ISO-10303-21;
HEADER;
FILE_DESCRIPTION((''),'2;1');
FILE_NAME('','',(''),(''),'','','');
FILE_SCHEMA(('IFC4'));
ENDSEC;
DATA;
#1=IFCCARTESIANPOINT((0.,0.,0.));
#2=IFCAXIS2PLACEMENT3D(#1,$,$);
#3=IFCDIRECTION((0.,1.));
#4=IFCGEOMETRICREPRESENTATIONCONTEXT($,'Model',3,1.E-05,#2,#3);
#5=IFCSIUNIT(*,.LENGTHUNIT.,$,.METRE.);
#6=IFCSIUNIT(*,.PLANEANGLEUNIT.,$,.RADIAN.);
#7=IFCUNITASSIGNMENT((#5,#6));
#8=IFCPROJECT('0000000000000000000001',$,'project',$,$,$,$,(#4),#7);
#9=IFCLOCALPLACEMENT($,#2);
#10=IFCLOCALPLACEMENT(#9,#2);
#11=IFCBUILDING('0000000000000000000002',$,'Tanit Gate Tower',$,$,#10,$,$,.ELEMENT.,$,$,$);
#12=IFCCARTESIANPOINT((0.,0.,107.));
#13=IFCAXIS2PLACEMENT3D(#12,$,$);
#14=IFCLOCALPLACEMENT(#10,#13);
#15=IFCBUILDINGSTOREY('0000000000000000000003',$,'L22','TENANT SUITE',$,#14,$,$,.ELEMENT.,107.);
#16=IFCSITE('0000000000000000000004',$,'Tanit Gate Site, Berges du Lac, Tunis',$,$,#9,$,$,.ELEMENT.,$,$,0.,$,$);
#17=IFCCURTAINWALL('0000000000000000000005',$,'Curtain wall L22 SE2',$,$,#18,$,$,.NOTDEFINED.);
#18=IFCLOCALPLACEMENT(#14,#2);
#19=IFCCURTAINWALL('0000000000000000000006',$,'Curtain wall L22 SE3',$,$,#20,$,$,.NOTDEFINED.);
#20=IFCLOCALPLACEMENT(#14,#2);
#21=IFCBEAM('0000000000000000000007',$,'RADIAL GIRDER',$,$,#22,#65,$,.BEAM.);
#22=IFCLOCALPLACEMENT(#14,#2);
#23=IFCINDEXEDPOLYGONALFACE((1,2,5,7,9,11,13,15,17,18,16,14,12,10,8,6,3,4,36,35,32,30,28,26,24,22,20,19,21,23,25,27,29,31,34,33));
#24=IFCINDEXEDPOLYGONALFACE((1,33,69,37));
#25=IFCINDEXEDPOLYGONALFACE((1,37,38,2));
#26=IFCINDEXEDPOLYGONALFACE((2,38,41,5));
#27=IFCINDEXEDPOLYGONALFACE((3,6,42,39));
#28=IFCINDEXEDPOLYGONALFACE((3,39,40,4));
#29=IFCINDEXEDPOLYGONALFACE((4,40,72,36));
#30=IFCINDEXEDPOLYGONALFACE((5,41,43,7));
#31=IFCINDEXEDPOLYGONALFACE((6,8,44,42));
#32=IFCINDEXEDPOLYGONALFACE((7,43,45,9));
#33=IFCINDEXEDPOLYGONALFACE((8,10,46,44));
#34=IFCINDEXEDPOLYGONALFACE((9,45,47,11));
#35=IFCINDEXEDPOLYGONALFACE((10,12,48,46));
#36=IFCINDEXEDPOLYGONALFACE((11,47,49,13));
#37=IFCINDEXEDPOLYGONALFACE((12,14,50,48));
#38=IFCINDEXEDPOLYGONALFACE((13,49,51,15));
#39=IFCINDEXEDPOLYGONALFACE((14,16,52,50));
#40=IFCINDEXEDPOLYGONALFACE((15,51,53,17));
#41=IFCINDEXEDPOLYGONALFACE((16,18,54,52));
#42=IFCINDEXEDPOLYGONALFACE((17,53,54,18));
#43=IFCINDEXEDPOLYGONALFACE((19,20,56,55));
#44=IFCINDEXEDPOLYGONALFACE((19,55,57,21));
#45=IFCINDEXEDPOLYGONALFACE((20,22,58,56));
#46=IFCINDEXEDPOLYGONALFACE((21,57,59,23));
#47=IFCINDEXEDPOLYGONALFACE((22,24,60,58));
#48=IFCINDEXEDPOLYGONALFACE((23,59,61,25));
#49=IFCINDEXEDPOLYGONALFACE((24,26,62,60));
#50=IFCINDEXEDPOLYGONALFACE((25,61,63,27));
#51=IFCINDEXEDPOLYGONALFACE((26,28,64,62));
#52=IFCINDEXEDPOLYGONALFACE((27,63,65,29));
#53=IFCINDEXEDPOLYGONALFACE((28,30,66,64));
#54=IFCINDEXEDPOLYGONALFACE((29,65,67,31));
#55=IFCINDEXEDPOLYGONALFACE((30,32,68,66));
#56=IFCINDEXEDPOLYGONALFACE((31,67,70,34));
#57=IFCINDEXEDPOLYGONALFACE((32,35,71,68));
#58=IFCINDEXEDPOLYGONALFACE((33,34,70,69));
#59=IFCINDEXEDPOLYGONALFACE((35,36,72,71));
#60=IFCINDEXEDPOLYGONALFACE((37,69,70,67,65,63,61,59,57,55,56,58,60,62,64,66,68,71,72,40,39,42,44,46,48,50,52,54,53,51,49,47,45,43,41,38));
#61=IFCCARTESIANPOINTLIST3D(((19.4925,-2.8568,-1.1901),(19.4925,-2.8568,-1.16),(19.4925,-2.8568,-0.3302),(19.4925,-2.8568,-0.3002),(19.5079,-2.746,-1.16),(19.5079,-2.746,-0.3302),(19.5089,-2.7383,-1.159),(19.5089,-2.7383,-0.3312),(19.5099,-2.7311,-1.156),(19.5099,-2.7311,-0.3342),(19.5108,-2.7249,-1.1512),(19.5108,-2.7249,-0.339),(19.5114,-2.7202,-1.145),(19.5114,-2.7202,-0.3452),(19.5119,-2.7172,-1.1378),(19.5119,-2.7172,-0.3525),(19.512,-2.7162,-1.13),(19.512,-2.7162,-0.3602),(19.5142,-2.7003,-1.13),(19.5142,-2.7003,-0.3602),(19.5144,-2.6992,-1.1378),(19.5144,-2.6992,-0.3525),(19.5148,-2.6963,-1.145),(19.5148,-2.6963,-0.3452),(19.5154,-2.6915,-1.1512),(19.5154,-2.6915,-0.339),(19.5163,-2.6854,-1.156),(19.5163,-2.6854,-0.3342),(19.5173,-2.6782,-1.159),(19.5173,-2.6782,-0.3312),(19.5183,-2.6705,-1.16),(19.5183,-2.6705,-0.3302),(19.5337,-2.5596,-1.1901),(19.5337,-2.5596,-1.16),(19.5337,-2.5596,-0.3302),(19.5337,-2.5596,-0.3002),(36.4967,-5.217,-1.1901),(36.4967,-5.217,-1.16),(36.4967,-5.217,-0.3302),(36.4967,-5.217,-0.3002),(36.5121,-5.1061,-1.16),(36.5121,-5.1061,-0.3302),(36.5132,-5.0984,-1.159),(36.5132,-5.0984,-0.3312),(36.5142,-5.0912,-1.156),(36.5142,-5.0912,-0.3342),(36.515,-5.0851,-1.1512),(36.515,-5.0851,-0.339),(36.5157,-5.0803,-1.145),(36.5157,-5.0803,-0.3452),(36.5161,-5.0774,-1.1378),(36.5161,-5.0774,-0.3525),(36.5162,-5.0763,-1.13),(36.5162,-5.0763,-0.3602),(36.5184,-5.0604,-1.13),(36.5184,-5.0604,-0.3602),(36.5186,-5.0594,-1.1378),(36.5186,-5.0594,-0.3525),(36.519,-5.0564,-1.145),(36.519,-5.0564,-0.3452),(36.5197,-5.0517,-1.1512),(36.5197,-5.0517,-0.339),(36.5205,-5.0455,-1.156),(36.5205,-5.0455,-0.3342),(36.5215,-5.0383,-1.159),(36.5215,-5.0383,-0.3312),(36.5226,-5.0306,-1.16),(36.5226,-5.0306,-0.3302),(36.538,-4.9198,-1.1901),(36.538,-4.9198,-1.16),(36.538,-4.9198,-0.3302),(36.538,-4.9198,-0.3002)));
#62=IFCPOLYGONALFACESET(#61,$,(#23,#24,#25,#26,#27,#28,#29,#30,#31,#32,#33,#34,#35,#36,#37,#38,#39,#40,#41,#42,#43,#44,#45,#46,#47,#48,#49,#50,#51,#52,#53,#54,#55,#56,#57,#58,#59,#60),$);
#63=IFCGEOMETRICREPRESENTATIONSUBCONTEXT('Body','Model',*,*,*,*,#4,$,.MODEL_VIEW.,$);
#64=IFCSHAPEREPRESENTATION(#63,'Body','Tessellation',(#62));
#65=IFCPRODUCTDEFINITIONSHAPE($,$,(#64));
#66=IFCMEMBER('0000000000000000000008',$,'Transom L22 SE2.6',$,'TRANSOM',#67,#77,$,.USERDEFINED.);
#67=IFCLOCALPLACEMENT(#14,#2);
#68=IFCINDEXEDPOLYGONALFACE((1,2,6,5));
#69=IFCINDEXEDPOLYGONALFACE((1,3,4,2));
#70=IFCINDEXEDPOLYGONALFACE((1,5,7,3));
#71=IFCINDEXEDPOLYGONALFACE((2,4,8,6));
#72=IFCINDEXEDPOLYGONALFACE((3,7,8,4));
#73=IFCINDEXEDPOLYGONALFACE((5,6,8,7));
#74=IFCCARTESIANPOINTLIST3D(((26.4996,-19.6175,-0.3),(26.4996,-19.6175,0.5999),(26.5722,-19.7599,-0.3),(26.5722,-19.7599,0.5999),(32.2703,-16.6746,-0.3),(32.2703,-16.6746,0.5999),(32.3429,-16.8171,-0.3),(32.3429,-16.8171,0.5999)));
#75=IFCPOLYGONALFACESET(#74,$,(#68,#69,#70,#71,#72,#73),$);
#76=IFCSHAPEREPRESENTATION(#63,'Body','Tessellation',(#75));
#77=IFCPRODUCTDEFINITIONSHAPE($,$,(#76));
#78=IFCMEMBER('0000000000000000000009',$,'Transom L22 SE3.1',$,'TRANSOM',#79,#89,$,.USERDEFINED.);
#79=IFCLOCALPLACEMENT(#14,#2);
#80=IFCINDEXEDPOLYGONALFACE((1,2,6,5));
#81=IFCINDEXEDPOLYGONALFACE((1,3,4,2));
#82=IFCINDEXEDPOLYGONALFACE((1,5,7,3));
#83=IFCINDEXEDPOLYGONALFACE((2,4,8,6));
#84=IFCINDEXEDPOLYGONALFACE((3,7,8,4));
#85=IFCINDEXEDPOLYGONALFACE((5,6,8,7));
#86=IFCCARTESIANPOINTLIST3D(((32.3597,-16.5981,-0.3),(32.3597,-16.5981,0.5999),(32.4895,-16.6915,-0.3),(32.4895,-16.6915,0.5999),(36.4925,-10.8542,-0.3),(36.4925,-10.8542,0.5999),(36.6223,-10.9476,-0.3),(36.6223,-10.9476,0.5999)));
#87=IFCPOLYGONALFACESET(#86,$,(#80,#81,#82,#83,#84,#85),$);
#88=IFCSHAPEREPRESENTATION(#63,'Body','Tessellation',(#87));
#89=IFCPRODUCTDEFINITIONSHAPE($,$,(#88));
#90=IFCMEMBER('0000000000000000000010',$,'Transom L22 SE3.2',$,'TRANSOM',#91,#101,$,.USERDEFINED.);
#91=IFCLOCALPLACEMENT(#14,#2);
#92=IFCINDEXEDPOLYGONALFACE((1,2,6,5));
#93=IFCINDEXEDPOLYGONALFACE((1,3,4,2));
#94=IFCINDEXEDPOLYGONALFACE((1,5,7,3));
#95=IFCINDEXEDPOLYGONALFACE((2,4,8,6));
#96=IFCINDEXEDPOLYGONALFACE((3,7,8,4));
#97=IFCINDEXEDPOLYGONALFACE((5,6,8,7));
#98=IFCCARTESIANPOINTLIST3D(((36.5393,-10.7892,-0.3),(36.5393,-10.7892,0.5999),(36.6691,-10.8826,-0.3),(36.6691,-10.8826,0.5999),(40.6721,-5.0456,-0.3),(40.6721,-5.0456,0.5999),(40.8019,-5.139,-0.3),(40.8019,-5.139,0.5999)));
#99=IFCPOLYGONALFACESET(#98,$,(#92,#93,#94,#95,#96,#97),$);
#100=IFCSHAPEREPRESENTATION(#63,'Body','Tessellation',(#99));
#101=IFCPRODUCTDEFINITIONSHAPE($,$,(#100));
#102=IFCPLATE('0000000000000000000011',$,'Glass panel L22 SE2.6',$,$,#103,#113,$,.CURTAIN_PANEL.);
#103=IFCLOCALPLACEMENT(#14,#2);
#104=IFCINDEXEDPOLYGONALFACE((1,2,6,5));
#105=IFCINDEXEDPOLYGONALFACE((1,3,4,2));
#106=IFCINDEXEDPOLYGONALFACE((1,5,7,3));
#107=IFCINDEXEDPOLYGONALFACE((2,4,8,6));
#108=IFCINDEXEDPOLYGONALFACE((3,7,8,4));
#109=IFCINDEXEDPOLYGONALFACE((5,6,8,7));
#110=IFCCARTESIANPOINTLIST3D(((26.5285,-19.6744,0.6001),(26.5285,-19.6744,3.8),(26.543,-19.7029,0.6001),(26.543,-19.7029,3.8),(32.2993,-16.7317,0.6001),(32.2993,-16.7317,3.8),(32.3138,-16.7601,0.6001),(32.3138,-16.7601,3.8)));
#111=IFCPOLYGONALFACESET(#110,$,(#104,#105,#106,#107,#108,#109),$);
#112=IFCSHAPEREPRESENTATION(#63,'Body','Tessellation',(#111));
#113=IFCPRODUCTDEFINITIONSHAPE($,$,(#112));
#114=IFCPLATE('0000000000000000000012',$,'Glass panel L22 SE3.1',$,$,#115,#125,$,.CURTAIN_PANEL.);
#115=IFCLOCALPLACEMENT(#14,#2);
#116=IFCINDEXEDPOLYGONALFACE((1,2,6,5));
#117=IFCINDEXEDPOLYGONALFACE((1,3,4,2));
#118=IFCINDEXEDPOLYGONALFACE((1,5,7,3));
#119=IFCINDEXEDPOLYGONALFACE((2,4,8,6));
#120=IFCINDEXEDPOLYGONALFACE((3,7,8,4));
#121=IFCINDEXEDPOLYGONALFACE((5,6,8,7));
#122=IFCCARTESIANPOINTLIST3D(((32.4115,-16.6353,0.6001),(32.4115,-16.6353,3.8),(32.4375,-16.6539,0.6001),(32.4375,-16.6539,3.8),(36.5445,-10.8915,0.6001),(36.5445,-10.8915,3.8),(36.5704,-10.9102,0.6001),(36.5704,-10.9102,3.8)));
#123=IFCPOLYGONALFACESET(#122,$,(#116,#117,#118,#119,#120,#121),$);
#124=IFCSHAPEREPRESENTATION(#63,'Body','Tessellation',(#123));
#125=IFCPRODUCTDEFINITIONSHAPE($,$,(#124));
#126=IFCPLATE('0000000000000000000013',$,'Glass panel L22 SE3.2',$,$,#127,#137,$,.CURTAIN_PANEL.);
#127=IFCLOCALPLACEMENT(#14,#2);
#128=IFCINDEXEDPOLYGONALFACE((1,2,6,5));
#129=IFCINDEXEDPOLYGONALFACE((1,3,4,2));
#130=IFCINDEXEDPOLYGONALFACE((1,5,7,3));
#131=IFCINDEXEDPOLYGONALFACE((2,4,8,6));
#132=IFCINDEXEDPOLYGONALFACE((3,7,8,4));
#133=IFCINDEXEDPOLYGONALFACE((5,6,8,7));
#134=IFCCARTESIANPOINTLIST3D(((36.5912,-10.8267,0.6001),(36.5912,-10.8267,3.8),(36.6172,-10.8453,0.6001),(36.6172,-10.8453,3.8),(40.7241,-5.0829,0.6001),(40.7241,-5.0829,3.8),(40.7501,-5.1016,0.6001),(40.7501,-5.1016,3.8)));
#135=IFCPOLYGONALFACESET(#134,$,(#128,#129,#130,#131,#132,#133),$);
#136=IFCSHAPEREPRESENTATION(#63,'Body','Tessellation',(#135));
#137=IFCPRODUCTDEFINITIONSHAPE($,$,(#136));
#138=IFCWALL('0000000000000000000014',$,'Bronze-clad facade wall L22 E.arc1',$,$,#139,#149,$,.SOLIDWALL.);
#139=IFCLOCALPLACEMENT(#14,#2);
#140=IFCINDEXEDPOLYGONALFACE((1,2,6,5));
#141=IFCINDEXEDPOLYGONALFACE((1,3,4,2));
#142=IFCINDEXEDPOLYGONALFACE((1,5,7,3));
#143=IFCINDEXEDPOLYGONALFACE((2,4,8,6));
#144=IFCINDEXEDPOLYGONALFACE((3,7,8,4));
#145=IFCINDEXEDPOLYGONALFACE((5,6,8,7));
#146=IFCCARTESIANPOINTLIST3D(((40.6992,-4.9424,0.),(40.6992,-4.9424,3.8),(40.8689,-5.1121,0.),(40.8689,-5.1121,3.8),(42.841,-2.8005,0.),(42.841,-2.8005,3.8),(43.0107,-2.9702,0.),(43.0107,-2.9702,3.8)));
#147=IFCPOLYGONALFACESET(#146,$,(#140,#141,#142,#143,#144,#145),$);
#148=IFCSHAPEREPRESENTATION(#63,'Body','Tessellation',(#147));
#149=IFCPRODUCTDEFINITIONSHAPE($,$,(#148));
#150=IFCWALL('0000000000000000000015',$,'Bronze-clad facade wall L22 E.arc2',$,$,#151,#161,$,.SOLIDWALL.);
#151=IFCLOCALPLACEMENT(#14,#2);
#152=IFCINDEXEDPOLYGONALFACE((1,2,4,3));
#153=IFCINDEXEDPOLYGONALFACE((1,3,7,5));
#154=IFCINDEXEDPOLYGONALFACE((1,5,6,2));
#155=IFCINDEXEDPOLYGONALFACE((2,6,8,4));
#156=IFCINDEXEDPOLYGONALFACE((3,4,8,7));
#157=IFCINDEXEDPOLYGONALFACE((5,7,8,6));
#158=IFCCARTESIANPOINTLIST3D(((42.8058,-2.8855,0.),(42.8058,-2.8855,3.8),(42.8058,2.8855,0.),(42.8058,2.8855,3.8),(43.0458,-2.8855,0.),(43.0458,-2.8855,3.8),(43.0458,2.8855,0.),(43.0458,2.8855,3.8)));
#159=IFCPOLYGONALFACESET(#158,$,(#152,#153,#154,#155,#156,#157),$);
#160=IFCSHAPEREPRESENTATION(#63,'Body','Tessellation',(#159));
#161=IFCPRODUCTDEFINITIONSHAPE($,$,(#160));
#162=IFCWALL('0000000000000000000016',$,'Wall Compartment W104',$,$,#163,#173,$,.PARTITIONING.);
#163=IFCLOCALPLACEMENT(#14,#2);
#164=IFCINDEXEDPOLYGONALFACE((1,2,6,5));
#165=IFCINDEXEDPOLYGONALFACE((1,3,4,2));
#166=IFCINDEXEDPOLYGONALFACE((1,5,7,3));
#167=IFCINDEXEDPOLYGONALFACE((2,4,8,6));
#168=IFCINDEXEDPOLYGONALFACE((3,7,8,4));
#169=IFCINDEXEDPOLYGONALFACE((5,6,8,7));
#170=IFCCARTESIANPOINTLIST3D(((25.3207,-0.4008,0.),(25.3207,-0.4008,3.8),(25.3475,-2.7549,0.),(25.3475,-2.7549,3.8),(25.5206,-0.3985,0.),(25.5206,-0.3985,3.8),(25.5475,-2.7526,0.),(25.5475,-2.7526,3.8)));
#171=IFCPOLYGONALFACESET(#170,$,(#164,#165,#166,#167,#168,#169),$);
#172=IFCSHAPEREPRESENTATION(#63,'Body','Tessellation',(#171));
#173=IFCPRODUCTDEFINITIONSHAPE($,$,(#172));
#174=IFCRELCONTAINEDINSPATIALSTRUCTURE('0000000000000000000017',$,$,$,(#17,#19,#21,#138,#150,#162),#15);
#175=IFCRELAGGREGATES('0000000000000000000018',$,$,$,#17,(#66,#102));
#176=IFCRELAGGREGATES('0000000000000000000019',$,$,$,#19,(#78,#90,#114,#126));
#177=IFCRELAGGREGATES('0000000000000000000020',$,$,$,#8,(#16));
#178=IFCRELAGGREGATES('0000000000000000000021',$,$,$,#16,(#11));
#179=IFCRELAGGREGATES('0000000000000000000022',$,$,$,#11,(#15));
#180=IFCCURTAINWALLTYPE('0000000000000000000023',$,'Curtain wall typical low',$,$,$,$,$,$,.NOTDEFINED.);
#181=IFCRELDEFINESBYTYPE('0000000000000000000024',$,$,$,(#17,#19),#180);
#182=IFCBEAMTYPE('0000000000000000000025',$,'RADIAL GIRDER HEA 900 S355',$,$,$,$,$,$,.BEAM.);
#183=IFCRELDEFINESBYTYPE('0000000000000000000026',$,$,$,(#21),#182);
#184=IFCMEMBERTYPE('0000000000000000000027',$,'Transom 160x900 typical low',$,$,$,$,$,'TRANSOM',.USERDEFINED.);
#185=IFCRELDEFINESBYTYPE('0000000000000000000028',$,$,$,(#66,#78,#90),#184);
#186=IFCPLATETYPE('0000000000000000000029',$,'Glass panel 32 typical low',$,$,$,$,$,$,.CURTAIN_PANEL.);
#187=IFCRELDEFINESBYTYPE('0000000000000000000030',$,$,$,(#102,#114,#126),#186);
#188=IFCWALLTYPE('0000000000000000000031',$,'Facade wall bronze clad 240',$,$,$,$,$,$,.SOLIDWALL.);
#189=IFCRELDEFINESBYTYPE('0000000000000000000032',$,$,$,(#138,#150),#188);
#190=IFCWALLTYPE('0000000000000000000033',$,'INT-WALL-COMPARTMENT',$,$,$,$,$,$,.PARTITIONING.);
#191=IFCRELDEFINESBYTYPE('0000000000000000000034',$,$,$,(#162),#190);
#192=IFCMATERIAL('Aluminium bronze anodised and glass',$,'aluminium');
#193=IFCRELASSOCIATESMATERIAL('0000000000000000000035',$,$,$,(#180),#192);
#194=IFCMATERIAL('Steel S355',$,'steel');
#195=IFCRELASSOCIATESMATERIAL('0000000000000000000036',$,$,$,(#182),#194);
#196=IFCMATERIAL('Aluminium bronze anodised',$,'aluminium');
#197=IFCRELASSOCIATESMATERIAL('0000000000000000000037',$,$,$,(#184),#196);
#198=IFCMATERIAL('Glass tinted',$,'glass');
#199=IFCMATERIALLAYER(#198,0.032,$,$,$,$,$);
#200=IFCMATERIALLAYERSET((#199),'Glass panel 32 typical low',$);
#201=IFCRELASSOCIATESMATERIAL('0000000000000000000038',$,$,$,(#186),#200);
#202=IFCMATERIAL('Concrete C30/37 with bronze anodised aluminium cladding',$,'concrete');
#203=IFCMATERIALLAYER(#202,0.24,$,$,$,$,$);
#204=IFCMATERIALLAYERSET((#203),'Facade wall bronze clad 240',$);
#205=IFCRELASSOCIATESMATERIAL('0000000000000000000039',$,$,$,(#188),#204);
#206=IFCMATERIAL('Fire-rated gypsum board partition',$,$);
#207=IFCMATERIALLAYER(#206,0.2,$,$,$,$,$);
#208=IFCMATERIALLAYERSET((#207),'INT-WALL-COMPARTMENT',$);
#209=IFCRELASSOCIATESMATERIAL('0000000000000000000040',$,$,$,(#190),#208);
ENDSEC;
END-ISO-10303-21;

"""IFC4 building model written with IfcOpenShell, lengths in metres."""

from ifc_helpers import new_model, si_unit, direction, frame, frame_2d, origin, origin_2d, place, context, subcontext, project, spatial, rectangle, i_section, extrude, material, layer, layer_set, material_profile, profile_set, type_object, element, aggregate, save


model = new_model("IFC4")

# Units and contexts
model_context = context("Model", 3, precision=1e-05, world=origin(), true_north=direction((0.0, 1.0)))
body_context = subcontext(model_context, "Body", "Model", "MODEL_VIEW")
ifc_project = project(units=[si_unit("LENGTHUNIT", "METRE"), si_unit("PLANEANGLEUNIT", "RADIAN")], contexts=[model_context])

# Site, building, storey
site_placement = place(None, origin())
site = spatial("IfcSite", under=ifc_project, at=site_placement, Name="Tanit Gate Site, Berges du Lac, Tunis", CompositionType="ELEMENT", RefElevation=0.0)
building_placement = place(site_placement, origin())
building = spatial("IfcBuilding", under=site, at=building_placement, Name="Tanit Gate Tower", CompositionType="ELEMENT")
storey_placement = place(building_placement, frame((0.0, 0.0, 107.0)))
storey = spatial("IfcBuildingStorey", under=building, at=storey_placement, Name="L22", Description="TENANT SUITE", CompositionType="ELEMENT", Elevation=107.0)

# Curtain wall
ifc_material_1 = material(Name="Aluminium bronze anodised and glass", Category="aluminium")
curtain_wall_type = type_object("IfcCurtainWallType", Name="Curtain wall typical low", PredefinedType="NOTDEFINED", material=ifc_material_1)
curtain_wall_1_placement = place(storey_placement, origin())
curtain_wall_1 = element("IfcCurtainWall", 1, at=curtain_wall_1_placement, inside=storey, type_object=curtain_wall_type, Name="Curtain wall L22 SE2", PredefinedType="NOTDEFINED")

# Curtain wall
curtain_wall_2_placement = place(storey_placement, origin())
curtain_wall_2 = element("IfcCurtainWall", 2, at=curtain_wall_2_placement, inside=storey, type_object=curtain_wall_type, Name="Curtain wall L22 SE3", PredefinedType="NOTDEFINED")

# Beam
ifc_material_2 = material(Name="Steel S355", Category="steel")
ifc_material_profile_1 = material_profile(ifc_material_2, i_section(OverallWidth=0.3, OverallDepth=0.8899, WebThickness=0.0161, FlangeThickness=0.03, FilletRadius=0.03, at=origin_2d()), Name="HEA 900")
ifc_profile_set_1 = profile_set([ifc_material_profile_1], Name="Steel S355")
beam_type_1 = type_object("IfcBeamType", Name="RADIAL GIRDER HEA 900 S355", PredefinedType="BEAM", material=ifc_profile_set_1)
beam_1_placement = place(storey_placement, frame((36.5173, -5.0684, -0.7451), z_axis=(-0.990505, 0.137478, 0.0), x_axis=(-0.137478, -0.990505, 0.0)))
element("IfcBeam", 3, at=beam_1_placement, inside=storey, type_object=beam_type_1, Name="RADIAL GIRDER", PredefinedType="BEAM", context=body_context, shape_type="SweptSolid", body=[
    extrude(i_section(OverallWidth=0.3, OverallDepth=0.8899, WebThickness=0.0161, FlangeThickness=0.03, FilletRadius=0.03, at=origin_2d()), origin(), (0.0, 0.0, 1.0), 17.1672),
])

# Members
ifc_material_3 = material(Name="Aluminium bronze anodised", Category="aluminium")
ifc_material_profile_2 = material_profile(ifc_material_3, rectangle(XDim=0.1599, YDim=0.8999, at=origin_2d()), Name="160x900 bronze transom")
ifc_profile_set_2 = profile_set([ifc_material_profile_2], Name="Aluminium bronze anodised")
member_type_1 = type_object("IfcMemberType", Name="Transom 160x900 typical low", ElementType="TRANSOM", PredefinedType="USERDEFINED", material=ifc_profile_set_2)
member_1_placement = place(storey_placement, frame((26.5359, -19.6887, 0.1499), z_axis=(0.890849, 0.4543, 0.0), x_axis=(-0.4543, 0.890849, 0.0)))
member_1 = element("IfcMember", 4, at=member_1_placement, type_object=member_type_1, Name="Transom L22 SE2.6", ObjectType="TRANSOM", PredefinedType="USERDEFINED", context=body_context, shape_type="SweptSolid", body=[
    extrude(rectangle(XDim=0.1599, YDim=0.8999, at=origin_2d()), origin(), (0.0, 0.0, 1.0), 6.4778),
])
member_2_placement = place(storey_placement, frame((32.4246, -16.6448, 0.1499), z_axis=(0.584045, 0.811721, 0.0), x_axis=(-0.811721, 0.584045, 0.0)))
member_2 = element("IfcMember", 5, at=member_2_placement, type_object=member_type_1, Name="Transom L22 SE3.1", ObjectType="TRANSOM", PredefinedType="USERDEFINED", context=body_context, shape_type="SweptSolid", body=[
    extrude(rectangle(XDim=0.1599, YDim=0.8999, at=origin_2d()), origin(), (0.0, 0.0, 1.0), 7.0762),
])
member_3_placement = place(storey_placement, frame((36.6042, -10.8359, 0.1499), z_axis=(0.584061, 0.81171, 0.0), x_axis=(-0.81171, 0.584061, 0.0)))
member_3 = element("IfcMember", 6, at=member_3_placement, type_object=member_type_1, Name="Transom L22 SE3.2", ObjectType="TRANSOM", PredefinedType="USERDEFINED", context=body_context, shape_type="SweptSolid", body=[
    extrude(rectangle(XDim=0.1599, YDim=0.8999, at=origin_2d()), origin(), (0.0, 0.0, 1.0), 7.0759),
])

# Plates
ifc_material_4 = material(Name="Glass tinted", Category="glass")
ifc_layer_1 = layer(ifc_material_4, 0.032)
ifc_layer_set_1 = layer_set([ifc_layer_1], Name="Glass panel 32 typical low")
plate_type = type_object("IfcPlateType", Name="Glass panel 32 typical low", PredefinedType="CURTAIN_PANEL", material=ifc_layer_set_1)
plate_1_placement = place(storey_placement, frame((29.4211, -18.2173, 0.6001), z_axis=(0.0, 0.0, 1.0), x_axis=(0.890855, 0.454288, 0.0)))
plate_1 = element("IfcPlate", 7, at=plate_1_placement, type_object=plate_type, Name="Glass panel L22 SE2.6", PredefinedType="CURTAIN_PANEL", context=body_context, shape_type="SweptSolid", body=[
    extrude(rectangle(XDim=6.4778, YDim=0.032, at=origin_2d()), origin(), (0.0, 0.0, 1.0), 3.2),
])
aggregate(curtain_wall_1, [member_1, plate_1])
plate_2_placement = place(storey_placement, frame((34.491, -13.7727, 0.6001), z_axis=(0.0, 0.0, 1.0), x_axis=(0.584063, 0.811708, 0.0)))
plate_2 = element("IfcPlate", 8, at=plate_2_placement, type_object=plate_type, Name="Glass panel L22 SE3.1", PredefinedType="CURTAIN_PANEL", context=body_context, shape_type="SweptSolid", body=[
    extrude(rectangle(XDim=7.0762, YDim=0.032, at=origin_2d()), origin(), (0.0, 0.0, 1.0), 3.2),
])
plate_3_placement = place(storey_placement, frame((38.6707, -7.9641, 0.6001), z_axis=(0.0, 0.0, 1.0), x_axis=(0.584063, 0.811708, 0.0)))
plate_3 = element("IfcPlate", 9, at=plate_3_placement, type_object=plate_type, Name="Glass panel L22 SE3.2", PredefinedType="CURTAIN_PANEL", context=body_context, shape_type="SweptSolid", body=[
    extrude(rectangle(XDim=7.0762, YDim=0.032, at=origin_2d()), origin(), (0.0, 0.0, 1.0), 3.2),
])
aggregate(curtain_wall_2, [member_2, member_3, plate_2, plate_3])

# Walls
ifc_material_5 = material(Name="Concrete C30/37 with bronze anodised aluminium cladding", Category="concrete")
ifc_layer_2 = layer(ifc_material_5, 0.24)
ifc_layer_set_2 = layer_set([ifc_layer_2], Name="Facade wall bronze clad 240")
wall_type_1 = type_object("IfcWallType", Name="Facade wall bronze clad 240", PredefinedType="SOLIDWALL", material=ifc_layer_set_2)
wall_1_placement = place(storey_placement, frame((40.7839, -5.0273, 0.0), z_axis=(0.0, 0.0, 1.0), x_axis=(0.707107, 0.707107, 0.0)))
element("IfcWall", 10, at=wall_1_placement, inside=storey, type_object=wall_type_1, Name="Bronze-clad facade wall L22 E.arc1", PredefinedType="SOLIDWALL", context=body_context, shape_type="SweptSolid", body=[
    extrude(rectangle(XDim=3.0291, YDim=0.24, at=frame_2d((1.5146, 0.0))), origin(), (0.0, 0.0, 1.0), 3.8),
])
wall_2_placement = place(storey_placement, frame((42.9258, -2.8855, 0.0), z_axis=(0.0, 0.0, 1.0), x_axis=(0.0, 1.0, 0.0)))
element("IfcWall", 11, at=wall_2_placement, inside=storey, type_object=wall_type_1, Name="Bronze-clad facade wall L22 E.arc2", PredefinedType="SOLIDWALL", context=body_context, shape_type="SweptSolid", body=[
    extrude(rectangle(XDim=5.771, YDim=0.24, at=frame_2d((2.8855, 0.0))), origin(), (0.0, 0.0, 1.0), 3.8),
])
ifc_material_6 = material(Name="Fire-rated gypsum board partition")
ifc_layer_3 = layer(ifc_material_6, 0.2)
ifc_layer_set_3 = layer_set([ifc_layer_3], Name="INT-WALL-COMPARTMENT")
wall_type_2 = type_object("IfcWallType", Name="INT-WALL-COMPARTMENT", PredefinedType="PARTITIONING", material=ifc_layer_set_3)
wall_3_placement = place(storey_placement, frame((25.4475, -2.7539, 0.0), z_axis=(0.0, 0.0, 1.0), x_axis=(-0.011408, 0.999935, 0.0)))
element("IfcWall", 12, at=wall_3_placement, inside=storey, type_object=wall_type_2, Name="Wall Compartment W104", PredefinedType="PARTITIONING", context=body_context, shape_type="SweptSolid", body=[
    extrude(rectangle(XDim=2.3542, YDim=0.2, at=frame_2d((1.1772, 0.0))), origin(), (0.0, 0.0, 1.0), 3.8),
])

save(model, "model.ifc")
